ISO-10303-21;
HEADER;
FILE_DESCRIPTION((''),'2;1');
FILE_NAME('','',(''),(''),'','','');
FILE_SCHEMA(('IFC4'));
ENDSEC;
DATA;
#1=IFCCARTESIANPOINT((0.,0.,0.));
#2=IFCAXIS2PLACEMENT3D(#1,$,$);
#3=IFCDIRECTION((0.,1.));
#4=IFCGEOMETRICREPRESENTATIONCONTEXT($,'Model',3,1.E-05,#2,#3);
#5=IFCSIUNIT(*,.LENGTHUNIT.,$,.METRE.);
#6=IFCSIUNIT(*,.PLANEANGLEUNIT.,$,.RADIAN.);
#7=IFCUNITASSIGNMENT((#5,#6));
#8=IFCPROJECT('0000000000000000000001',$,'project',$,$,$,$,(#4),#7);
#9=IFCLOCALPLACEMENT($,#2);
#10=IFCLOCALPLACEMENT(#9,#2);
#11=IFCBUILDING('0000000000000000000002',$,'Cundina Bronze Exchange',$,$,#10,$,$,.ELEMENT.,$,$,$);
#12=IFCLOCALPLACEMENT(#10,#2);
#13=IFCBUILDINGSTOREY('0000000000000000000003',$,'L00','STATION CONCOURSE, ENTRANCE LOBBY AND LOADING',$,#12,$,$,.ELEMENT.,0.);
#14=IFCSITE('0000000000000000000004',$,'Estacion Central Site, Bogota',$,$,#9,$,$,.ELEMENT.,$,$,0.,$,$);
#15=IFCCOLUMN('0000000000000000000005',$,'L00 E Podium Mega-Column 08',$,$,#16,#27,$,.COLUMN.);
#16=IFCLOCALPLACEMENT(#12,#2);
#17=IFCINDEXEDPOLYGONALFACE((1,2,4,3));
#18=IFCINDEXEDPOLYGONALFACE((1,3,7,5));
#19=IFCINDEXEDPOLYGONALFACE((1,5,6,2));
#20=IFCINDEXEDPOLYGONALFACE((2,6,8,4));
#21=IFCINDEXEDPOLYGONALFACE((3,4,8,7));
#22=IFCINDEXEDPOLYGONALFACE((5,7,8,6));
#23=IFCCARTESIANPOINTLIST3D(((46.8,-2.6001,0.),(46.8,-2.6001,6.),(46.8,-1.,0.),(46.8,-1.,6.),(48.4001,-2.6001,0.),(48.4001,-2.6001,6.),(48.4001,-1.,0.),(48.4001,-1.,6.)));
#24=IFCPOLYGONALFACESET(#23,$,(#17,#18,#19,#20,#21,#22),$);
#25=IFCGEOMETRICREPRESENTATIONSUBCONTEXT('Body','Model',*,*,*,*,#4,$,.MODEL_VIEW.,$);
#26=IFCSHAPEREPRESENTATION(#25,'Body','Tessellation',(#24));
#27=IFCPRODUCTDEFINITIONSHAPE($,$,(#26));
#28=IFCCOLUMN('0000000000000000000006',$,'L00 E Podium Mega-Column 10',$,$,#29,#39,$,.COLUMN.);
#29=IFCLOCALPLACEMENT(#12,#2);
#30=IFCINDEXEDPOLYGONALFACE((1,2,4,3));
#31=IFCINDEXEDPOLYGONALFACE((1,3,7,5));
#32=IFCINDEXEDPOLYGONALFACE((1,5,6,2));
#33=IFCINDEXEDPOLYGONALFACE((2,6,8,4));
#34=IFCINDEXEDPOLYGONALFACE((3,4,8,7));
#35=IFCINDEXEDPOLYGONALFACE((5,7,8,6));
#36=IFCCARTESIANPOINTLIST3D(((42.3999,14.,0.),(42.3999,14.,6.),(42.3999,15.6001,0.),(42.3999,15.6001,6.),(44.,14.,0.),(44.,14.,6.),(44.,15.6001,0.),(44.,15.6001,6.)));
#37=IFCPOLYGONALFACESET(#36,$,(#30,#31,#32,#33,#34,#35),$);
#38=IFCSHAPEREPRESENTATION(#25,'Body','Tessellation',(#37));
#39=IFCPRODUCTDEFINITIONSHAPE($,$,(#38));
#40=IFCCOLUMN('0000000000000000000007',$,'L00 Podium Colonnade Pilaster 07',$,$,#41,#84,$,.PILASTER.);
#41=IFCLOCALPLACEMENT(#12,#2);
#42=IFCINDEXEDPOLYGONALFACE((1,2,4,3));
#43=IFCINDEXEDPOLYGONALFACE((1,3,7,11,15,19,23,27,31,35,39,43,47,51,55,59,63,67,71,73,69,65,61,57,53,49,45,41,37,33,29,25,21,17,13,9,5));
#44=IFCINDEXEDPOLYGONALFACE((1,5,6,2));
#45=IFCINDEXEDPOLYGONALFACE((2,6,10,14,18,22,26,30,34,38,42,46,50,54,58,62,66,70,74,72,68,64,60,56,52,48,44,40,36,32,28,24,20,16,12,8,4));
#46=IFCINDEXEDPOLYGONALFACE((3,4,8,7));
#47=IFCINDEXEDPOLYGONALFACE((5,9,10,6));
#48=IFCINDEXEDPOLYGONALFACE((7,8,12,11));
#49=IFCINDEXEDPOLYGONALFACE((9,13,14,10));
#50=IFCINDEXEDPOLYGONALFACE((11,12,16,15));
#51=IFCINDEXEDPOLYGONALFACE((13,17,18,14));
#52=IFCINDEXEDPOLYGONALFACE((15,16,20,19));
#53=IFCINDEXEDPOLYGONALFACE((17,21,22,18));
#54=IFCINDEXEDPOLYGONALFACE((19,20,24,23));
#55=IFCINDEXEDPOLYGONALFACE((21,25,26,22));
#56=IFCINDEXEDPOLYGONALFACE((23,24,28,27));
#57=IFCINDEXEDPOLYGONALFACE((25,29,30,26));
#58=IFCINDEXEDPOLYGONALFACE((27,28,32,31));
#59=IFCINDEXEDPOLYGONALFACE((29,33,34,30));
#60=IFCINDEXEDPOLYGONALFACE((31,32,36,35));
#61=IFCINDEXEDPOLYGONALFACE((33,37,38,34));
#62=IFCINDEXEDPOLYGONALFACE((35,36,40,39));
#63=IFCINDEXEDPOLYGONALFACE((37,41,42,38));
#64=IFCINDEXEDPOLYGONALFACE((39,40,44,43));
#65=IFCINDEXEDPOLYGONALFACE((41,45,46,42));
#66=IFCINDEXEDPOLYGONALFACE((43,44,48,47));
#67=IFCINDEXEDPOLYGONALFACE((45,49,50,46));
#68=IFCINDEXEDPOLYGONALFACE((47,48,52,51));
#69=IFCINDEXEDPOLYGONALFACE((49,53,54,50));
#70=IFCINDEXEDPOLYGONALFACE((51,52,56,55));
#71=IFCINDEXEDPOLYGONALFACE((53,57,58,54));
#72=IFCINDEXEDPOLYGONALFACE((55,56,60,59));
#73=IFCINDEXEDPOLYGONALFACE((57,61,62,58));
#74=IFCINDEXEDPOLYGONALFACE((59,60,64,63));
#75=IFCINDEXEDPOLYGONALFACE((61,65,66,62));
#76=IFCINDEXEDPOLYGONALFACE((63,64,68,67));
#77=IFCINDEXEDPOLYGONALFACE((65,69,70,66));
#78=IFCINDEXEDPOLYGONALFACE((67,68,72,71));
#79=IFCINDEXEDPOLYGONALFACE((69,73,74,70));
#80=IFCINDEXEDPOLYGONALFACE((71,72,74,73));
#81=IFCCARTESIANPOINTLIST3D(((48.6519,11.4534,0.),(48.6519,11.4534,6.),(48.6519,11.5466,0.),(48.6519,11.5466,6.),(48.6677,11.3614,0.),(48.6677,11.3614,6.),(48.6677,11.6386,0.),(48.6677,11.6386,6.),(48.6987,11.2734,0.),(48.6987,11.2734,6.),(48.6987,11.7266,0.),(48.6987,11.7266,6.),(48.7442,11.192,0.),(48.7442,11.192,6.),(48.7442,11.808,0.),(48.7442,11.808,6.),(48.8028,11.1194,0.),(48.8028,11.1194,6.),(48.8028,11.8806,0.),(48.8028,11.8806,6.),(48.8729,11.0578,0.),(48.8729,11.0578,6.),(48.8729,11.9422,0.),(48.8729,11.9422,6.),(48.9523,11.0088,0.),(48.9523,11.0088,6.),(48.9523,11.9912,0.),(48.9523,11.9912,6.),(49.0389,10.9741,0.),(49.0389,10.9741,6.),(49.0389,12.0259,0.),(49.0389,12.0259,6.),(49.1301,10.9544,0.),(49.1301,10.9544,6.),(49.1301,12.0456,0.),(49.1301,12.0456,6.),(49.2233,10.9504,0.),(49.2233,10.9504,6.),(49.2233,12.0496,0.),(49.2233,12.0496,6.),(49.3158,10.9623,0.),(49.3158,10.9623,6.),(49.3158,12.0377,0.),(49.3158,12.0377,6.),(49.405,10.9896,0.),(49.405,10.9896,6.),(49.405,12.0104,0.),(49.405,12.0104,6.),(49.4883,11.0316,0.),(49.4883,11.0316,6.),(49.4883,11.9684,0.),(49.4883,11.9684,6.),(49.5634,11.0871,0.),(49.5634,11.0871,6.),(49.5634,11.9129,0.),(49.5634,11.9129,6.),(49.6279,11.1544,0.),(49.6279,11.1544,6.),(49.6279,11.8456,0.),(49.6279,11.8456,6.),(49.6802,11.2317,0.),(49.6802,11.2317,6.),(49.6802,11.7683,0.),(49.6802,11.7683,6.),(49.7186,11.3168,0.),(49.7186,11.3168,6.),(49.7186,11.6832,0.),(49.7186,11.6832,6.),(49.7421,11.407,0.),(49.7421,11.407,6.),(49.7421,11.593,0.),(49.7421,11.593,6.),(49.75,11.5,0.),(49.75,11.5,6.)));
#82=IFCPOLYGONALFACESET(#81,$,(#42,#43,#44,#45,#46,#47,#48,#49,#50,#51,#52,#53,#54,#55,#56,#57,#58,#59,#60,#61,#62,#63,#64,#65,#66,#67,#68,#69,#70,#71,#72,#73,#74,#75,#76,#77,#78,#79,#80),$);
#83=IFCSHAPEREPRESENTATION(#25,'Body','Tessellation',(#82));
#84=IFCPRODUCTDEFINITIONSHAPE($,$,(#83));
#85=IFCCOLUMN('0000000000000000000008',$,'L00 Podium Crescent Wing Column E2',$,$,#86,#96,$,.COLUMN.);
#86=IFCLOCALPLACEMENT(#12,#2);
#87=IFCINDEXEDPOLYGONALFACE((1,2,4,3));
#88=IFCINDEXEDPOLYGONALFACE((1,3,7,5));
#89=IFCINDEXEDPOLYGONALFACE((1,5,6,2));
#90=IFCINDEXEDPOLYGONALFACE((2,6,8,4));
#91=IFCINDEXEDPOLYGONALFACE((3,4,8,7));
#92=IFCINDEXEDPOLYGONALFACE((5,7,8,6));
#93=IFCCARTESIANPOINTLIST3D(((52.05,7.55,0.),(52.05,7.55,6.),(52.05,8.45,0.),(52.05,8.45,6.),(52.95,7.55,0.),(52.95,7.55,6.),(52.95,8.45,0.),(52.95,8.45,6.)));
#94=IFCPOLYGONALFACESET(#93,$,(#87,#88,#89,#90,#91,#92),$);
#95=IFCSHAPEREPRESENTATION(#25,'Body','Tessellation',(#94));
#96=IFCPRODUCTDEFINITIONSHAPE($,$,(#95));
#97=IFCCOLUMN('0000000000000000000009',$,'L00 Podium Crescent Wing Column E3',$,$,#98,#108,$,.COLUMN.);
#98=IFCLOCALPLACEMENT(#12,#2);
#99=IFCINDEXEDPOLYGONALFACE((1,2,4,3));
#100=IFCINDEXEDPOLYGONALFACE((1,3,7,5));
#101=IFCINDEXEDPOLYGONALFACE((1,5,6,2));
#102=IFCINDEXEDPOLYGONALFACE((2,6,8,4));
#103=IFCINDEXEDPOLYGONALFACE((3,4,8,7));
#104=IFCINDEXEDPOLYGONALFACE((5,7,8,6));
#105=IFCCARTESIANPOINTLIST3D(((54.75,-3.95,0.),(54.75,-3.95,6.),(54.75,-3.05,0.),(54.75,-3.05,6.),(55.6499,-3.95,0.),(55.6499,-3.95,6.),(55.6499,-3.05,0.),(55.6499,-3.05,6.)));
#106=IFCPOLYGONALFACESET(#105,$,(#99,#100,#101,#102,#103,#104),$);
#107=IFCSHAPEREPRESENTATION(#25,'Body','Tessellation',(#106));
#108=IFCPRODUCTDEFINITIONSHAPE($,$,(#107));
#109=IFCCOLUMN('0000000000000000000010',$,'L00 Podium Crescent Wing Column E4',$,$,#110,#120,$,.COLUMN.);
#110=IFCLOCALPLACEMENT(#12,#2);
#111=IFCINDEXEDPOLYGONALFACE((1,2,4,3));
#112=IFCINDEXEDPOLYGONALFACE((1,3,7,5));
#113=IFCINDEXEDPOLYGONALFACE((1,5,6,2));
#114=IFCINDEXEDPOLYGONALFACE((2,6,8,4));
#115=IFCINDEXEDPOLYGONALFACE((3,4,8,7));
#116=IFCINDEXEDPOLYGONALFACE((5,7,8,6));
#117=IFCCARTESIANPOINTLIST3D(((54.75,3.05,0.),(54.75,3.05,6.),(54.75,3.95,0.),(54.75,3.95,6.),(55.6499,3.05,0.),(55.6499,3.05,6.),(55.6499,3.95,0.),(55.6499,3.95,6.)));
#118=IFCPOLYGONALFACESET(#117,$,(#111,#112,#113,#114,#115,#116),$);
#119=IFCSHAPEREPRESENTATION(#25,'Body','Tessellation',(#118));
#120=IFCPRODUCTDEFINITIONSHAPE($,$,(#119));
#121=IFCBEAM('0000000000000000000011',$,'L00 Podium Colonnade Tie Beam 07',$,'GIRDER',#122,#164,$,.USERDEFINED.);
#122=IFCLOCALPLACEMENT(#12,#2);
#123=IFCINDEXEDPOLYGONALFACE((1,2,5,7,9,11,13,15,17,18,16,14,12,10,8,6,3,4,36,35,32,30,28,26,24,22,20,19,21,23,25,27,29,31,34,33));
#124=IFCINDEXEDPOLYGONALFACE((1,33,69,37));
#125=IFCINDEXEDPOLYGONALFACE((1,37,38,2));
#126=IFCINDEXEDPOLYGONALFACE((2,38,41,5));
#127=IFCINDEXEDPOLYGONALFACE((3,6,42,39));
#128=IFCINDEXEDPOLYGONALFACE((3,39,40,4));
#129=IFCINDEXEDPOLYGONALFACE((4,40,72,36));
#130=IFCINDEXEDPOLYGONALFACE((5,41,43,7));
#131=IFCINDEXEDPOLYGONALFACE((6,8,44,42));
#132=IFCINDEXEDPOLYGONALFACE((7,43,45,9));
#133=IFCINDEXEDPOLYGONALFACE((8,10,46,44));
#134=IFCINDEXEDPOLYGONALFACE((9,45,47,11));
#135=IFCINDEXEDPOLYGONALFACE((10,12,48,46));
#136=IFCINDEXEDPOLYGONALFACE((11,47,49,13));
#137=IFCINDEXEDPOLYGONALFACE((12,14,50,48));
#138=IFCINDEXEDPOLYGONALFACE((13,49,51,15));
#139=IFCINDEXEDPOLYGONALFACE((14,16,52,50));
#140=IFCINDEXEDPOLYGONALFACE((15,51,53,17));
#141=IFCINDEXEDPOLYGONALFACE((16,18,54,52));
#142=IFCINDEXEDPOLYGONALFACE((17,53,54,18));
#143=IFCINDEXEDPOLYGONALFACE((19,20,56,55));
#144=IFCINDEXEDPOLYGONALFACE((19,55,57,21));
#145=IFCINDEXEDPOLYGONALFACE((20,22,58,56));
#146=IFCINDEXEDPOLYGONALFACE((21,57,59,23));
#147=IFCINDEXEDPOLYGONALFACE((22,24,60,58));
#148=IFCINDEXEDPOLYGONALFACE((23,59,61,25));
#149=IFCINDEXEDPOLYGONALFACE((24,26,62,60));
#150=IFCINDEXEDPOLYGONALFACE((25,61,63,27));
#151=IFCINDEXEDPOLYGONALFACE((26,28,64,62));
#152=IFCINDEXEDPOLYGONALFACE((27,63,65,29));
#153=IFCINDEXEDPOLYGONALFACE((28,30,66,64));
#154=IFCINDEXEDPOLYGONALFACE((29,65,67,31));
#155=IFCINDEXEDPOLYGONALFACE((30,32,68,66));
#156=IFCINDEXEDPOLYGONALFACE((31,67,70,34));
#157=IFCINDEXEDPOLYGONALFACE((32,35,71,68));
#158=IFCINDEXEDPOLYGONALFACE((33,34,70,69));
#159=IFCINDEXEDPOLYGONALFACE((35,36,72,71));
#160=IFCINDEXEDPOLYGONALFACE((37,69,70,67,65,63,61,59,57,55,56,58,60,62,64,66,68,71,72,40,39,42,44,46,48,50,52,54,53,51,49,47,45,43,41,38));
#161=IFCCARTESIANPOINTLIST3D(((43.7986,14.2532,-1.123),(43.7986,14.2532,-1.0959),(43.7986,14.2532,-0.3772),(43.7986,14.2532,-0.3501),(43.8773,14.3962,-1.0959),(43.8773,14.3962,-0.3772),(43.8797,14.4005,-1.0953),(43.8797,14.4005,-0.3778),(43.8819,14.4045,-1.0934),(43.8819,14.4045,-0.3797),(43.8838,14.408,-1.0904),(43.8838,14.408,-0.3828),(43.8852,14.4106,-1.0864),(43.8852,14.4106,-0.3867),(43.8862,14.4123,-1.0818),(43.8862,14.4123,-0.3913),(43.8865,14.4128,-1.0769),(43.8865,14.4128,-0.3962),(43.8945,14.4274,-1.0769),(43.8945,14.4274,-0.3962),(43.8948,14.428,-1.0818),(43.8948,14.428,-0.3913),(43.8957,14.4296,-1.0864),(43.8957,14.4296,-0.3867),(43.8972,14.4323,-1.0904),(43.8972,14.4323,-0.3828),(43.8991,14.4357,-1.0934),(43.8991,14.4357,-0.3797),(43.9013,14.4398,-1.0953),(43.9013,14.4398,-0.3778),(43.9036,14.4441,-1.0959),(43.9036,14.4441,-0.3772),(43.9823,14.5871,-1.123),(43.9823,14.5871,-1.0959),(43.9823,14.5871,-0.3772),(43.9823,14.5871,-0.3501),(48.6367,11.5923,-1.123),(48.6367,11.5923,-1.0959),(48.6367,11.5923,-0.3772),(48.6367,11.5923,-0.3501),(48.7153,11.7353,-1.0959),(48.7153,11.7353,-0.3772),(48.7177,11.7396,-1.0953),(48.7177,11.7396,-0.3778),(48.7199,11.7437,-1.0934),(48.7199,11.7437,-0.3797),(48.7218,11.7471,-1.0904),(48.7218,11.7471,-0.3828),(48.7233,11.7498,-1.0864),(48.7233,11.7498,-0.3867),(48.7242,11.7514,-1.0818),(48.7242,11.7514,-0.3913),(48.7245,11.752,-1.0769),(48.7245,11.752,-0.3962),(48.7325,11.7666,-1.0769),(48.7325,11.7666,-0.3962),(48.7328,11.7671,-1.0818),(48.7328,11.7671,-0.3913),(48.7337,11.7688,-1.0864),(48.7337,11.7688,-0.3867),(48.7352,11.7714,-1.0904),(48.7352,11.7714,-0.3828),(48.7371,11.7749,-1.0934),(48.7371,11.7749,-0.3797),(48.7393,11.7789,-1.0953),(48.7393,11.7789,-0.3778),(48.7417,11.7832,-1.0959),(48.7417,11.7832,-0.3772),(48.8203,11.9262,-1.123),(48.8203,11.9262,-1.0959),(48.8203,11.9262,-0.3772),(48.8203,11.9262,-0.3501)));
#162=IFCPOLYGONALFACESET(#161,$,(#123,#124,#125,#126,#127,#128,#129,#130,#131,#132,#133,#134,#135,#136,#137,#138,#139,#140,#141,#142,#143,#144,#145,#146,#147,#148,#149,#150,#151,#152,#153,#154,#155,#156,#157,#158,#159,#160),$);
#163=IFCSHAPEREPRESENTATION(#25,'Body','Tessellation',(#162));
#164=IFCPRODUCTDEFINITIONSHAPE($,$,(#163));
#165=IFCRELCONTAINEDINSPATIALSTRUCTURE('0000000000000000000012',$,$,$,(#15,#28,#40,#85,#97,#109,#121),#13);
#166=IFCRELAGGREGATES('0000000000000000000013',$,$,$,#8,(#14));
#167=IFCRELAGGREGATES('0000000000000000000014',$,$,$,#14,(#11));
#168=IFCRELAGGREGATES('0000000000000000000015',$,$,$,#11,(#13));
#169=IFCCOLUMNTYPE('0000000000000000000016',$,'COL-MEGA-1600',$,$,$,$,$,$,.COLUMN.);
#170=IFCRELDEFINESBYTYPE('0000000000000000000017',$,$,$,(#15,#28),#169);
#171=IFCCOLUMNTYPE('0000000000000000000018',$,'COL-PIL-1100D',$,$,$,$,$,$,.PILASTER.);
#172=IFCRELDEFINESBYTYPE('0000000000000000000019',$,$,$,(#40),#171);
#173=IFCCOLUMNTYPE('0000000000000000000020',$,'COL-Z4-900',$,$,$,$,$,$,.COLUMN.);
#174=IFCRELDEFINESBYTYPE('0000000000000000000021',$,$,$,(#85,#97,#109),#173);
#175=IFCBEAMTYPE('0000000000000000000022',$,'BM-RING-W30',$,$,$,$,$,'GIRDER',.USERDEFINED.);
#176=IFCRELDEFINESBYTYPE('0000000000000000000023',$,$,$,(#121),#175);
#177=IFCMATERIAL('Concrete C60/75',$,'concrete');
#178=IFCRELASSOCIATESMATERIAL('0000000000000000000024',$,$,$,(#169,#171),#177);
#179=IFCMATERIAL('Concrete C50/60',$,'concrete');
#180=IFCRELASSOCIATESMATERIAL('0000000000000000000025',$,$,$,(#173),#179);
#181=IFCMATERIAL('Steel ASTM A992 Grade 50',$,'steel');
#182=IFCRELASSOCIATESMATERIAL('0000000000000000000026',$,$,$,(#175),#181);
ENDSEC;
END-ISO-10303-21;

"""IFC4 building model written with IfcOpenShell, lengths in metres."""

from ifc_helpers import new_model, si_unit, direction, frame, origin, origin_2d, place, context, subcontext, project, spatial, rectangle, circle, i_section, extrude, material, material_profile, profile_set, type_object, element, save


model = new_model("IFC4")

# Units and contexts
model_context = context("Model", 3, precision=1e-05, world=origin(), true_north=direction((0.0, 1.0)))
body_context = subcontext(model_context, "Body", "Model", "MODEL_VIEW")
ifc_project = project(units=[si_unit("LENGTHUNIT", "METRE"), si_unit("PLANEANGLEUNIT", "RADIAN")], contexts=[model_context])

# Site, building, storey
site_placement = place(None, origin())
site = spatial("IfcSite", under=ifc_project, at=site_placement, Name="Estacion Central Site, Bogota", CompositionType="ELEMENT", RefElevation=0.0)
building_placement = place(site_placement, origin())
building = spatial("IfcBuilding", under=site, at=building_placement, Name="Cundina Bronze Exchange", CompositionType="ELEMENT")
storey_placement = place(building_placement, origin())
storey = spatial("IfcBuildingStorey", under=building, at=storey_placement, Name="L00", Description="STATION CONCOURSE, ENTRANCE LOBBY AND LOADING", CompositionType="ELEMENT", Elevation=0.0)

# Columns
ifc_material_1 = material(Name="Concrete C60/75", Category="concrete")
ifc_material_profile_1 = material_profile(ifc_material_1, rectangle(XDim=1.6001, YDim=1.6001, at=origin_2d()), Name="RC1600X1600", Category="concrete")
ifc_profile_set_1 = profile_set([ifc_material_profile_1], Name="Concrete C60/75")
column_type_1 = type_object("IfcColumnType", Name="COL-MEGA-1600", PredefinedType="COLUMN", material=ifc_profile_set_1)
for number, where, z_axis, x_axis, name in (
    (1, (47.6001, -1.8, 0.0), (0.0, 0.0, 1.0), (1.0, 0.0, 0.0), "L00 E Podium Mega-Column 08"),
    (2, (43.2, 14.8, 0.0), (0.0, 0.0, 1.0), (1.0, 0.0, 0.0), "L00 E Podium Mega-Column 10"),
):
    element("IfcColumn", number, at=place(storey_placement, frame(where, z_axis=z_axis, x_axis=x_axis)), inside=storey, type_object=column_type_1, Name=name, PredefinedType="COLUMN", context=body_context, shape_type="SweptSolid", body=[
        extrude(rectangle(XDim=1.6001, YDim=1.6001, at=origin_2d()), origin(), (0.0, 0.0, 1.0), 6.0),
    ])
ifc_material_profile_2 = material_profile(ifc_material_1, circle(Radius=0.55, at=origin_2d()), Name="RC1100D", Category="concrete")
ifc_profile_set_2 = profile_set([ifc_material_profile_2], Name="Concrete C60/75")
column_type_2 = type_object("IfcColumnType", Name="COL-PIL-1100D", PredefinedType="PILASTER", material=ifc_profile_set_2)
column_placement = place(storey_placement, frame((49.2, 11.5, 0.0), z_axis=(0.0, 0.0, 1.0), x_axis=(1.0, 0.0, 0.0)))
element("IfcColumn", 3, at=column_placement, inside=storey, type_object=column_type_2, Name="L00 Podium Colonnade Pilaster 07", PredefinedType="PILASTER", context=body_context, shape_type="SweptSolid", body=[
    extrude(circle(Radius=0.55, at=origin_2d()), origin(), (0.0, 0.0, 1.0), 6.0),
])
ifc_material_2 = material(Name="Concrete C50/60", Category="concrete")
ifc_material_profile_3 = material_profile(ifc_material_2, rectangle(XDim=0.8999, YDim=0.8999, at=origin_2d()), Name="RC900X900", Category="concrete")
ifc_profile_set_3 = profile_set([ifc_material_profile_3], Name="Concrete C50/60")
column_type_3 = type_object("IfcColumnType", Name="COL-Z4-900", PredefinedType="COLUMN", material=ifc_profile_set_3)
for number, where, z_axis, x_axis, name in (
    (4, (52.5, 8.0, 0.0), (0.0, 0.0, 1.0), (1.0, 0.0, 0.0), "L00 Podium Crescent Wing Column E2"),
    (5, (55.2, -3.5, 0.0), (0.0, 0.0, 1.0), (1.0, 0.0, 0.0), "L00 Podium Crescent Wing Column E3"),
    (6, (55.2, 3.5, 0.0), (0.0, 0.0, 1.0), (1.0, 0.0, 0.0), "L00 Podium Crescent Wing Column E4"),
):
    element("IfcColumn", number, at=place(storey_placement, frame(where, z_axis=z_axis, x_axis=x_axis)), inside=storey, type_object=column_type_3, Name=name, PredefinedType="COLUMN", context=body_context, shape_type="SweptSolid", body=[
        extrude(rectangle(XDim=0.8999, YDim=0.8999, at=origin_2d()), origin(), (0.0, 0.0, 1.0), 6.0),
    ])

# Beam
ifc_material_3 = material(Name="Steel ASTM A992 Grade 50", Category="steel")
ifc_material_profile_4 = material_profile(ifc_material_3, i_section(OverallWidth=0.3811, OverallDepth=0.7729, WebThickness=0.0166, FlangeThickness=0.0271, FilletRadius=0.019, at=origin_2d()), Name="W30X173", Category="steel")
ifc_profile_set_4 = profile_set([ifc_material_profile_4], Name="Steel ASTM A992 Grade 50")
beam_type = type_object("IfcBeamType", Name="BM-RING-W30", ElementType="GIRDER", PredefinedType="USERDEFINED", material=ifc_profile_set_4)
beam_1_placement = place(storey_placement, frame((48.7285, 11.7593, -0.7366), z_axis=(-0.876222, 0.481907, 0.0), x_axis=(-0.481907, -0.876222, 0.0)))
element("IfcBeam", 7, at=beam_1_placement, inside=storey, type_object=beam_type, Name="L00 Podium Colonnade Tie Beam 07", ObjectType="GIRDER", PredefinedType="USERDEFINED", context=body_context, shape_type="SweptSolid", body=[
    extrude(i_section(OverallWidth=0.3811, OverallDepth=0.7729, WebThickness=0.0166, FlangeThickness=0.0271, FilletRadius=0.019, at=origin_2d()), origin(), (0.0, 0.0, 1.0), 5.5215),
])

save(model, "model.ifc")
